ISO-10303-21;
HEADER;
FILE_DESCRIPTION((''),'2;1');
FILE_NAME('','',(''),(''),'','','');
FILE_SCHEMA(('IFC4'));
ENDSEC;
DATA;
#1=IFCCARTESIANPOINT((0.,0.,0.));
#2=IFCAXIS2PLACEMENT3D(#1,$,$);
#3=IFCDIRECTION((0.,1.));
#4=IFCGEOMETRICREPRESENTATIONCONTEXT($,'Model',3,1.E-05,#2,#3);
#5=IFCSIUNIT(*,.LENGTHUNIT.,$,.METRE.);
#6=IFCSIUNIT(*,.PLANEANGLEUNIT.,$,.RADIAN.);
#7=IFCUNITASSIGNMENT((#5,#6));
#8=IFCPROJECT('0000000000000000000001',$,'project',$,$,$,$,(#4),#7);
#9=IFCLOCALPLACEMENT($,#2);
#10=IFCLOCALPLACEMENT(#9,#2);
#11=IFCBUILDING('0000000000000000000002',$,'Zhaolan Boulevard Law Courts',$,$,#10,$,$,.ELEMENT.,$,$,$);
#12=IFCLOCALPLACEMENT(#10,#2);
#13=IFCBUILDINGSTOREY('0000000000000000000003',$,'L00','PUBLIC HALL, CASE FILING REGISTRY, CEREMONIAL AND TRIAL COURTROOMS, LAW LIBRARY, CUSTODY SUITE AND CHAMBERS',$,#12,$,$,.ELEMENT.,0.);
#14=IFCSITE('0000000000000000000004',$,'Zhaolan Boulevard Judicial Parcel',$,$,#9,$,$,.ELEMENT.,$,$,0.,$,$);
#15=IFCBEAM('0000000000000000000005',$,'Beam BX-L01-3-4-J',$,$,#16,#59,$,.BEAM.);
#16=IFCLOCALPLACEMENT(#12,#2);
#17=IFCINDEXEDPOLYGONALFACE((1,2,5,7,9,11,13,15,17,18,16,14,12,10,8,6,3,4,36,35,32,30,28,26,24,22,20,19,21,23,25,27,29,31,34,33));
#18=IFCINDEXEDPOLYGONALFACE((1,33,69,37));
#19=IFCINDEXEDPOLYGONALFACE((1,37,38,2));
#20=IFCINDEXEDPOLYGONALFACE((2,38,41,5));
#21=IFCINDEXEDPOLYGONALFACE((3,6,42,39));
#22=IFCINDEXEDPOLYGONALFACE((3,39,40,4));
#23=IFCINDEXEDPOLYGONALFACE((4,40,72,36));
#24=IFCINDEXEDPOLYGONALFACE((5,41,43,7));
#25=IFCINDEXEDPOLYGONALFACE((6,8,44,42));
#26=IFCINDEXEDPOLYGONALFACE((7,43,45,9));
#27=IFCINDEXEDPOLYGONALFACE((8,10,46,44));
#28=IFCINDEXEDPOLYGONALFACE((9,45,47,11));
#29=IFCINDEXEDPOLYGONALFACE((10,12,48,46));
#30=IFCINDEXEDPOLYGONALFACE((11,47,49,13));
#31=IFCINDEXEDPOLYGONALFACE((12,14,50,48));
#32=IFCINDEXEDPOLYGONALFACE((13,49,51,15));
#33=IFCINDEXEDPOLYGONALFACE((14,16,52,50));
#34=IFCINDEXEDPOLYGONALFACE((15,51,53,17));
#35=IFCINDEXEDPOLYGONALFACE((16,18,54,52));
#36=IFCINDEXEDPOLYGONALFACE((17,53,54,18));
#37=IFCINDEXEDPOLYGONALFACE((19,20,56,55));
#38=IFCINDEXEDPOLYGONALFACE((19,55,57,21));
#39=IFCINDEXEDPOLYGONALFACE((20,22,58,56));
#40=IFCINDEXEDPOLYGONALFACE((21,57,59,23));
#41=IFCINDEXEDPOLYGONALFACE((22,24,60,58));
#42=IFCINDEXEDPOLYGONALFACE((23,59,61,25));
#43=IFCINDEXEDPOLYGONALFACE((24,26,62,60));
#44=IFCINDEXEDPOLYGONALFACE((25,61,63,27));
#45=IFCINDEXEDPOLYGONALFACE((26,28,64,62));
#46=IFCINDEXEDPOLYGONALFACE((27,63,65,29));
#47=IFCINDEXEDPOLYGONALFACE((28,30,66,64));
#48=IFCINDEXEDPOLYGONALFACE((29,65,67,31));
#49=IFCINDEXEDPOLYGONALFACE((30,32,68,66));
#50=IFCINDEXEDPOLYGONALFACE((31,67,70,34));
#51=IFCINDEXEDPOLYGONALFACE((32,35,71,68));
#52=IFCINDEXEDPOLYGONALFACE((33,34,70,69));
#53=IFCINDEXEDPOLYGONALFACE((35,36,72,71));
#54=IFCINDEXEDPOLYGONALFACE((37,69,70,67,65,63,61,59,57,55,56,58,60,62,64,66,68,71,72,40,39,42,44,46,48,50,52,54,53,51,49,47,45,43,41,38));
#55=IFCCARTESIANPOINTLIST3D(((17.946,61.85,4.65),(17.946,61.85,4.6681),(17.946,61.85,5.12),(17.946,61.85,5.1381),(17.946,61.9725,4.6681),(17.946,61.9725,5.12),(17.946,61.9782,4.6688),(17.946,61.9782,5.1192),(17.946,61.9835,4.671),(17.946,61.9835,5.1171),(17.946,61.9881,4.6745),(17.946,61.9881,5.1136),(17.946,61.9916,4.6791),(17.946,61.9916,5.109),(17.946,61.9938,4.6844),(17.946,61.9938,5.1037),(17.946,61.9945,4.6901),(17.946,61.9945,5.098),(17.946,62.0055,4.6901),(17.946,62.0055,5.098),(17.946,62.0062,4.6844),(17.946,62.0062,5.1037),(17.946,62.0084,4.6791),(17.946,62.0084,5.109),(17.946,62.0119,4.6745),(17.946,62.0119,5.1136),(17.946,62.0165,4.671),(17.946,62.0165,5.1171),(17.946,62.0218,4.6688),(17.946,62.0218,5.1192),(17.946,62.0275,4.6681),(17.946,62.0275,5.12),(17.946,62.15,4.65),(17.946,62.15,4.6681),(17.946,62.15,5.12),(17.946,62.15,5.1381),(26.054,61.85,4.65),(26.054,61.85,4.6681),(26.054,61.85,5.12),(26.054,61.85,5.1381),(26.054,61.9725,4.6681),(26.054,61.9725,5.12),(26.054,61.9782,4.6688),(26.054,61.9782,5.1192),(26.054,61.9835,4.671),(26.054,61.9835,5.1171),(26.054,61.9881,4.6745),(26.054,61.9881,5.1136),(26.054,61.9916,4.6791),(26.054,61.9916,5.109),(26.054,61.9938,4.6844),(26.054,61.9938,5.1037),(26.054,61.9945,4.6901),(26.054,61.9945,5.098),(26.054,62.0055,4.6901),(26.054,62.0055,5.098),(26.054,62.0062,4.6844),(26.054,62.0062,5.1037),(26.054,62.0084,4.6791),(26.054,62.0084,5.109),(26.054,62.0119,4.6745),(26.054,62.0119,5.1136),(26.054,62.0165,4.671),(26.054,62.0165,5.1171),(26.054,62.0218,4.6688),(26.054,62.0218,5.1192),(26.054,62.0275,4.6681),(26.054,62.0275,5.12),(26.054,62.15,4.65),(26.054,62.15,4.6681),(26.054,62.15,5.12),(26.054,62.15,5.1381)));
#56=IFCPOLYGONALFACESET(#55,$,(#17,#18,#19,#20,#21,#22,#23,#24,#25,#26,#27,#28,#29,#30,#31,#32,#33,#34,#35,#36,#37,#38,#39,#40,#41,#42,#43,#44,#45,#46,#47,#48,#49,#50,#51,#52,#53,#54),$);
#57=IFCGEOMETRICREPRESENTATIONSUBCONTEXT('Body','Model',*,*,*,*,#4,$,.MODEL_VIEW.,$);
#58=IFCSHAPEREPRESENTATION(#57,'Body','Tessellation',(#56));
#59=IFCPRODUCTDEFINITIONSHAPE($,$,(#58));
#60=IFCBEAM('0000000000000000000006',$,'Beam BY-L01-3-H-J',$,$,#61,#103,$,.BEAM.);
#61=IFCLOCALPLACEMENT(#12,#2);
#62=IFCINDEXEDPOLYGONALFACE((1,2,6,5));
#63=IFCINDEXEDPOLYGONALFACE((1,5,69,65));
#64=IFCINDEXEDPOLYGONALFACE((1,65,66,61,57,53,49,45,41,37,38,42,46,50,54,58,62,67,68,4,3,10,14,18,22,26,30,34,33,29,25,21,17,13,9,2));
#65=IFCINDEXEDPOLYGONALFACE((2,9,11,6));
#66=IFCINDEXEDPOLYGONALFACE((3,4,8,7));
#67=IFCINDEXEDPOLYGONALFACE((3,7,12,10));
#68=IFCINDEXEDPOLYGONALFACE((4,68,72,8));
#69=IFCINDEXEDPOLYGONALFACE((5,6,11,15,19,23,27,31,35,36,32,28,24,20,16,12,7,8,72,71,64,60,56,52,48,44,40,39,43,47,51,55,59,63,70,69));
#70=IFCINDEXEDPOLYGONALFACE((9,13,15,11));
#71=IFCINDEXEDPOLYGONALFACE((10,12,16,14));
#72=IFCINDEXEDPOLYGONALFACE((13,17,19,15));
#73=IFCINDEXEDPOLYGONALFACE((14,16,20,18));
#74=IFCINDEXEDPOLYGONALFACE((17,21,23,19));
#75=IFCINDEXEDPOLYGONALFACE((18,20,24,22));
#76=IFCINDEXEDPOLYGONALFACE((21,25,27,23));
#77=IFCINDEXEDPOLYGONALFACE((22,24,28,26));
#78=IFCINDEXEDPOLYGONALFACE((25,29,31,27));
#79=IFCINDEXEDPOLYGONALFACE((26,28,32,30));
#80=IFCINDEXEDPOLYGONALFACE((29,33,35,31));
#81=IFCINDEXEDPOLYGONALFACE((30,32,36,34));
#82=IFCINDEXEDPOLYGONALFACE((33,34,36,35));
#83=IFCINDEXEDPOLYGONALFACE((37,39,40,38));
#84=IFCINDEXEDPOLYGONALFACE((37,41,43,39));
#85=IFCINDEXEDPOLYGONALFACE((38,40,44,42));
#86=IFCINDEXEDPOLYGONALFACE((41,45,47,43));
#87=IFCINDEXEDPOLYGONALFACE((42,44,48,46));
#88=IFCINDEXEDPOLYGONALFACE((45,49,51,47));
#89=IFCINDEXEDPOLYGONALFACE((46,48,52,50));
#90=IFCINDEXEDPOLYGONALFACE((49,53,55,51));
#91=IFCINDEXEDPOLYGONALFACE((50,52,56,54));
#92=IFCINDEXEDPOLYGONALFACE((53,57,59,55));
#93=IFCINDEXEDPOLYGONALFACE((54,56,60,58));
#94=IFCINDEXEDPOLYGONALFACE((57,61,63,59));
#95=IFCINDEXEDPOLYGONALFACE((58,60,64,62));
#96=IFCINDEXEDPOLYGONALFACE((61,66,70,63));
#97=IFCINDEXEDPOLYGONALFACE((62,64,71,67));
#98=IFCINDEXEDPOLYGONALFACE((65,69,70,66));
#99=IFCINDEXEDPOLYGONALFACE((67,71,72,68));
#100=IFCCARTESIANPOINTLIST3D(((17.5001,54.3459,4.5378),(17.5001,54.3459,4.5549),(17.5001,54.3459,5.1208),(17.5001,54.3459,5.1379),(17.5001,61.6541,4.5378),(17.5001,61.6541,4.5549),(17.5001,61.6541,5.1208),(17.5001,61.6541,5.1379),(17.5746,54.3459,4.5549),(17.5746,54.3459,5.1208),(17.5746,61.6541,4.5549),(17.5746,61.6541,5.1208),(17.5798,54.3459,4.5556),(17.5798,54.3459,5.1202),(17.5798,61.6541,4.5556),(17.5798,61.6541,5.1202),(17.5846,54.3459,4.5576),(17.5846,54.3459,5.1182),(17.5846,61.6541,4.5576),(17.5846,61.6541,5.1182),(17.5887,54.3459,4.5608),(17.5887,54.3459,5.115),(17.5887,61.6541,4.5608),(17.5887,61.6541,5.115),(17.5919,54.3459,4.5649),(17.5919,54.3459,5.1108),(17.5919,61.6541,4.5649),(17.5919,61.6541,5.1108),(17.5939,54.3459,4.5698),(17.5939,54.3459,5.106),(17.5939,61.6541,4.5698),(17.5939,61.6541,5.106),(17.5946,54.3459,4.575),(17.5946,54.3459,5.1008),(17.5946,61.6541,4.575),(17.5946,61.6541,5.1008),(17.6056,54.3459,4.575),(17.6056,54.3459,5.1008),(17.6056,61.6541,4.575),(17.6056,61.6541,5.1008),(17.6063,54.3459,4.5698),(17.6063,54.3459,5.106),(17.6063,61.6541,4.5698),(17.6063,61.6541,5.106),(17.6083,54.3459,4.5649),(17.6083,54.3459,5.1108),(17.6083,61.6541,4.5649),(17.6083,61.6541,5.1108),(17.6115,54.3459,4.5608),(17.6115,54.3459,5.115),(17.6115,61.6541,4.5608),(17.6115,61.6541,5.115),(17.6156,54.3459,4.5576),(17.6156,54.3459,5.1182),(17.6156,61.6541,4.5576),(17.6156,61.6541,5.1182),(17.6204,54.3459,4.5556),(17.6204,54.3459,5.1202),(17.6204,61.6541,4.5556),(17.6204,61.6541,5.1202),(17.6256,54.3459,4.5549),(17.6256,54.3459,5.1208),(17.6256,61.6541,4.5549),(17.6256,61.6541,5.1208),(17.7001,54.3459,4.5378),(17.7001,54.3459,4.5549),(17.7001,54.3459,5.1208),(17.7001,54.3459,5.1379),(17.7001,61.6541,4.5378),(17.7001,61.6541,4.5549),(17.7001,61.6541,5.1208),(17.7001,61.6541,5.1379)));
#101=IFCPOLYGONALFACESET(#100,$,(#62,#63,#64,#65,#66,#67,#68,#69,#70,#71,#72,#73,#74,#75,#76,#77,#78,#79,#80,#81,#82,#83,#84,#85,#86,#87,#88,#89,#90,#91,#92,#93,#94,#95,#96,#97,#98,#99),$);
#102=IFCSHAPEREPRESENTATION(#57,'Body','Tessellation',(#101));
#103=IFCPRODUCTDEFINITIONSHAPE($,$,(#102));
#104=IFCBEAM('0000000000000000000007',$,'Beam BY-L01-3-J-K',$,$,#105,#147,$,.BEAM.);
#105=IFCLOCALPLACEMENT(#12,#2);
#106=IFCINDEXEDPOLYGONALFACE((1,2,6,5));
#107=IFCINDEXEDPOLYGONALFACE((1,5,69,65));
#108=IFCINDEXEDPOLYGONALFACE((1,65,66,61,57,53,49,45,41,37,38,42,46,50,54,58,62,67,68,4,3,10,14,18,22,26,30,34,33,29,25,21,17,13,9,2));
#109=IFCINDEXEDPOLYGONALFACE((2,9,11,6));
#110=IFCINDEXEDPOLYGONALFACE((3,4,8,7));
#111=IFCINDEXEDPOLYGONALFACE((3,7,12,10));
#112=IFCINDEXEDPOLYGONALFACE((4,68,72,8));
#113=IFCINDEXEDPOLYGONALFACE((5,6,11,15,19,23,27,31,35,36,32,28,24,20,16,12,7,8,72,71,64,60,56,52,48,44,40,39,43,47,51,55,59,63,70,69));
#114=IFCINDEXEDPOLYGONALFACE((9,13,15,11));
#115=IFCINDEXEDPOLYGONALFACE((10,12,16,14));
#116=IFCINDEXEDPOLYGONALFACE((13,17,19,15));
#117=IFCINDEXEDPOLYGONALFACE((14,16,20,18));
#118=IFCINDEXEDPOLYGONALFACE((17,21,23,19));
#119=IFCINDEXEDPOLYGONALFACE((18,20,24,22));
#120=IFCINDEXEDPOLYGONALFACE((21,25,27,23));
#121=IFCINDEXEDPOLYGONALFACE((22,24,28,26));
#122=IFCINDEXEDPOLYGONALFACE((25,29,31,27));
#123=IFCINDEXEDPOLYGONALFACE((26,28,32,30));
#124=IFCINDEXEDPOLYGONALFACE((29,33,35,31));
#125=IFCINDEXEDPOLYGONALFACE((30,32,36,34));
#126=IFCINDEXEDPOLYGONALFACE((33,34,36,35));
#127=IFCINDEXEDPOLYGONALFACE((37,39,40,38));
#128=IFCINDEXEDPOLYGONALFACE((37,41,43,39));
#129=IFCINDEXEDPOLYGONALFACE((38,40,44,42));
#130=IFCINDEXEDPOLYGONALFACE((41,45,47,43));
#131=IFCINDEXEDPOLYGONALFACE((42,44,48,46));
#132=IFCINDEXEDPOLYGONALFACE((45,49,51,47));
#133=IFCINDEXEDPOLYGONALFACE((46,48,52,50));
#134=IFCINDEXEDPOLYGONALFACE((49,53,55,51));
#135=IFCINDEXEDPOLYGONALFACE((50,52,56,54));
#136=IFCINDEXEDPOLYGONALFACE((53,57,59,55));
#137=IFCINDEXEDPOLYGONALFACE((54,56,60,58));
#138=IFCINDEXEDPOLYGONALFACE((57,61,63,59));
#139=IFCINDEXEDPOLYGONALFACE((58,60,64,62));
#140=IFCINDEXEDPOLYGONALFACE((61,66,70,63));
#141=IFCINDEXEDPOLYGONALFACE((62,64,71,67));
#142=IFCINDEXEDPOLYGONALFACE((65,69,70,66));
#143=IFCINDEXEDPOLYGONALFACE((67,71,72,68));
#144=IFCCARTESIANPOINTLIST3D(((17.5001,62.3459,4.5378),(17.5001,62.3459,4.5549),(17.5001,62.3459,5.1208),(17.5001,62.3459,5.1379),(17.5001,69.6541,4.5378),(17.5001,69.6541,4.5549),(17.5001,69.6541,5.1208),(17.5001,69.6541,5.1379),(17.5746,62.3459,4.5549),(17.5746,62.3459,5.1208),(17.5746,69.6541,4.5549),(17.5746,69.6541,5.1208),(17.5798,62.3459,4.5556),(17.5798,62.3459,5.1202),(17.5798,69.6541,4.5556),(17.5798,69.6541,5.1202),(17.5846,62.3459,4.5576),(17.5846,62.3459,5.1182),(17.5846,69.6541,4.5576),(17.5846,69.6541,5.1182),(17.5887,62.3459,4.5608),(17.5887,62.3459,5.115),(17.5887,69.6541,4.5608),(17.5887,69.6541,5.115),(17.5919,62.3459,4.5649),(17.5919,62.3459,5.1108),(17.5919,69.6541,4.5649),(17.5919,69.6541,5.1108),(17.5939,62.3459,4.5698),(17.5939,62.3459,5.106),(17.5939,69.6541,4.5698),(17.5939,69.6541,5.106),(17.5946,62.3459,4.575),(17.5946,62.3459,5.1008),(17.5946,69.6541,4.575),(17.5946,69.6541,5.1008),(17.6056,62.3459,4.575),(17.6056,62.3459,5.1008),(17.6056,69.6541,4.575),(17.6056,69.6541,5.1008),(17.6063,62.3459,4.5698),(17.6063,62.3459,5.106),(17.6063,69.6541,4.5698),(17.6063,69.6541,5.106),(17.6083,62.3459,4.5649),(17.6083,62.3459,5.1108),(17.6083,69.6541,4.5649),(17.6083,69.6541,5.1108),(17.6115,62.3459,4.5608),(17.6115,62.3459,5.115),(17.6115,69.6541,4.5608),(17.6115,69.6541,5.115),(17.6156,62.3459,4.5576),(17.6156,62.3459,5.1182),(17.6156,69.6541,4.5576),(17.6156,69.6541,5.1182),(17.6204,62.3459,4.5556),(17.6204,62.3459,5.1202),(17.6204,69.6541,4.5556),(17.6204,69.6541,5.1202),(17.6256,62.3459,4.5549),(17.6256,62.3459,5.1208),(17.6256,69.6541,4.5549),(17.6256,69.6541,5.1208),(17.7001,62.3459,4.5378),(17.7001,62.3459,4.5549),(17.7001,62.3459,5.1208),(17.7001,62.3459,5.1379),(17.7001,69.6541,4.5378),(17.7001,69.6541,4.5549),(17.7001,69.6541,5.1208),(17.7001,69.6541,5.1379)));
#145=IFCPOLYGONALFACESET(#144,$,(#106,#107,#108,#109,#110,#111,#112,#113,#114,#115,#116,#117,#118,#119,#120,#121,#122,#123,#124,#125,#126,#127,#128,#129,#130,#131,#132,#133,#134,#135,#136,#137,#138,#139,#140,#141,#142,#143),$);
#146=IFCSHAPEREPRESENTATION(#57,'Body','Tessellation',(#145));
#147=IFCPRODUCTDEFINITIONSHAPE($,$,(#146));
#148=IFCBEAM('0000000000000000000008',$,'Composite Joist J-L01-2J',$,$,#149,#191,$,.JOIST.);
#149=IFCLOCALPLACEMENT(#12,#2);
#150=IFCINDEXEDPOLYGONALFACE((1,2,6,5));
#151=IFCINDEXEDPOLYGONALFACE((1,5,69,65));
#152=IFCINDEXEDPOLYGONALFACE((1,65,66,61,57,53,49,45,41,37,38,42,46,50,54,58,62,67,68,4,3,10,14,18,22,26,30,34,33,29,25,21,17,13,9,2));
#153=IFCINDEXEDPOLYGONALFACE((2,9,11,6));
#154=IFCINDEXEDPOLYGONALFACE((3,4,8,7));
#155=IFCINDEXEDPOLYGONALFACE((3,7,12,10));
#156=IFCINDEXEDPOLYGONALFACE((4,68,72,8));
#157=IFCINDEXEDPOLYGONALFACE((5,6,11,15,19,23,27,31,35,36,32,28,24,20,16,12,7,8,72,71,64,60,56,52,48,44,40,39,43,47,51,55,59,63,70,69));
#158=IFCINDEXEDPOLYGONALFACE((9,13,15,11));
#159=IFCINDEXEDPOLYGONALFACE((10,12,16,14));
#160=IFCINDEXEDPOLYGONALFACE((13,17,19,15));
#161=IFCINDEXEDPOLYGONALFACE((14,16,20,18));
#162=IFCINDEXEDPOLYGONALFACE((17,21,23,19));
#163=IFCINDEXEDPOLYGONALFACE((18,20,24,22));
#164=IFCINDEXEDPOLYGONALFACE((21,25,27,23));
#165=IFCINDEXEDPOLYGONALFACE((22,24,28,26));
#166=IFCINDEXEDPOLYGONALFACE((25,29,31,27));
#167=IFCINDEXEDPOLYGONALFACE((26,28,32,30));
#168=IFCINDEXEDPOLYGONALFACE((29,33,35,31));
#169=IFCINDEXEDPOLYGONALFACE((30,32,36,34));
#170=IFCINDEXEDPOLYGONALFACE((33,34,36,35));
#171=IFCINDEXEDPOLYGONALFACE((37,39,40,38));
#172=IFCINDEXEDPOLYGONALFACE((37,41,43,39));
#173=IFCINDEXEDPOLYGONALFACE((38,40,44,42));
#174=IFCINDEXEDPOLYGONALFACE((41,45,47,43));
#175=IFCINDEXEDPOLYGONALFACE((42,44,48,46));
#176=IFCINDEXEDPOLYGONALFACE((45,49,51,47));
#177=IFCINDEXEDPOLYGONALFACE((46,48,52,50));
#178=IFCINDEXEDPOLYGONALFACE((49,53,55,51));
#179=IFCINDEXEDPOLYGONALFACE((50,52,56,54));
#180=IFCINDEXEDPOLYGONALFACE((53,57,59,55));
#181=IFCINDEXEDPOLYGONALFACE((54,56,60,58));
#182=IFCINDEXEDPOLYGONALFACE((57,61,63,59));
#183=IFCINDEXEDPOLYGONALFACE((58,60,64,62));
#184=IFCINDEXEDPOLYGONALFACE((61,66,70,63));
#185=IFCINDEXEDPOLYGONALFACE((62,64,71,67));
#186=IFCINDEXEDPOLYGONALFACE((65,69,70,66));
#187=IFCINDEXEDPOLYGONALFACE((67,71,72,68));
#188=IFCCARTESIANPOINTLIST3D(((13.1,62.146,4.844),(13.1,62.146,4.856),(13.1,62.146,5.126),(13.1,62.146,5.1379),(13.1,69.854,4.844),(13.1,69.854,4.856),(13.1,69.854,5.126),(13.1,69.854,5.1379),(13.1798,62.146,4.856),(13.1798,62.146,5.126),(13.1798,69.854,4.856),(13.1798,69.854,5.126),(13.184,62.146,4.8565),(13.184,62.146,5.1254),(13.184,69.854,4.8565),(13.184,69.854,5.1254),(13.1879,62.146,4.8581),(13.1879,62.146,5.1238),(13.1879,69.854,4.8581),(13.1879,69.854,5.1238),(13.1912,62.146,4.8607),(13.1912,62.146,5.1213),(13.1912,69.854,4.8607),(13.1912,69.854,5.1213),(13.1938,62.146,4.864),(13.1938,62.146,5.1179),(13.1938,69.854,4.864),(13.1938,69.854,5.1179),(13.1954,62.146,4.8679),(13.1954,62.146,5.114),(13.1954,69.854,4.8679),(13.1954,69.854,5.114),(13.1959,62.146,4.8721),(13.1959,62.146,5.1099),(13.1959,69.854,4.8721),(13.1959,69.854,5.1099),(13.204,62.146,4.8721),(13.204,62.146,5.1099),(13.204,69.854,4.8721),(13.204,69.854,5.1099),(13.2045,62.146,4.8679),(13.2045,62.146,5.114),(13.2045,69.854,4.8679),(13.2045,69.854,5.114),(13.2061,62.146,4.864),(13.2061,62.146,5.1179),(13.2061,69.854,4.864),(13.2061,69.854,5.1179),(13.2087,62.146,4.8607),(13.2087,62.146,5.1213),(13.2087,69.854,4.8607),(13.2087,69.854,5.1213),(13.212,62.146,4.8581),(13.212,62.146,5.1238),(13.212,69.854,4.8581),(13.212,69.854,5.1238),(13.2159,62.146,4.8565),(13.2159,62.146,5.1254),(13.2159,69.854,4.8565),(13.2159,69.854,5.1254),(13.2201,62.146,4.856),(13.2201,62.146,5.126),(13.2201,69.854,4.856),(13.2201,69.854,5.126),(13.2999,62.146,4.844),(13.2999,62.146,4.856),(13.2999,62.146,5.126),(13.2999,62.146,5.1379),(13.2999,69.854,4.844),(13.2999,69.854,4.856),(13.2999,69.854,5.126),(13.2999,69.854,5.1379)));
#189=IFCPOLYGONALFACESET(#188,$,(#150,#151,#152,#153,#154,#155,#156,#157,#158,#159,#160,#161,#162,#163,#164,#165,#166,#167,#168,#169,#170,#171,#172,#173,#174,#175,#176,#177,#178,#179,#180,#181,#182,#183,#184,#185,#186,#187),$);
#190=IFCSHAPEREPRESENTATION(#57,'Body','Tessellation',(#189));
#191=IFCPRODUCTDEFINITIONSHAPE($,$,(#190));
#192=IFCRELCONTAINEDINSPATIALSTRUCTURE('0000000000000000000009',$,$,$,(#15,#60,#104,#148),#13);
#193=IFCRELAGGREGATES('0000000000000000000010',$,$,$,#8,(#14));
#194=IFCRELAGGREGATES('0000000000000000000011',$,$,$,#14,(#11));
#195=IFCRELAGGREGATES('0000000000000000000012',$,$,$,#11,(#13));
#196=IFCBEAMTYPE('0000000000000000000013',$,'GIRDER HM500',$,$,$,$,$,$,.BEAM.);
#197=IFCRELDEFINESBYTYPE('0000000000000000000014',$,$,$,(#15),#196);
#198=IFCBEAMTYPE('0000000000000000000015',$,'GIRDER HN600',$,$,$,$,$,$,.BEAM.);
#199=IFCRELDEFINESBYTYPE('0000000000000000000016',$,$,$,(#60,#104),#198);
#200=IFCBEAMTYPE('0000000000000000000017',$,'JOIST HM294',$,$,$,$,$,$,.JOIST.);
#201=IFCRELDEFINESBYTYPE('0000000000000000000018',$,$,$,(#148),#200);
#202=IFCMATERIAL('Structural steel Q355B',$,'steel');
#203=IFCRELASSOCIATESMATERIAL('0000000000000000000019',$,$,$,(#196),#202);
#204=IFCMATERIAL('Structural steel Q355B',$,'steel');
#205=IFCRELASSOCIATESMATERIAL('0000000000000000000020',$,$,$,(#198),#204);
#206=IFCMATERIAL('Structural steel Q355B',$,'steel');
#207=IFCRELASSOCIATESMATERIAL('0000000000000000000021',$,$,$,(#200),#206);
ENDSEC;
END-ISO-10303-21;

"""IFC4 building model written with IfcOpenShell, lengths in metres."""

from ifc_helpers import new_model, si_unit, direction, frame, origin, origin_2d, place, context, subcontext, project, spatial, i_section, extrude, material, material_profile, profile_set, type_object, element, save


model = new_model("IFC4")

# Units and contexts
model_context = context("Model", 3, precision=1e-05, world=origin(), true_north=direction((0.0, 1.0)))
body_context = subcontext(model_context, "Body", "Model", "MODEL_VIEW")
ifc_project = project(units=[si_unit("LENGTHUNIT", "METRE"), si_unit("PLANEANGLEUNIT", "RADIAN")], contexts=[model_context])

# Site, building, storey
site_placement = place(None, origin())
site = spatial("IfcSite", under=ifc_project, at=site_placement, Name="Zhaolan Boulevard Judicial Parcel", CompositionType="ELEMENT", RefElevation=0.0)
building_placement = place(site_placement, origin())
building = spatial("IfcBuilding", under=site, at=building_placement, Name="Zhaolan Boulevard Law Courts", CompositionType="ELEMENT")
storey_placement = place(building_placement, origin())
storey = spatial("IfcBuildingStorey", under=building, at=storey_placement, Name="L00", Description="PUBLIC HALL, CASE FILING REGISTRY, CEREMONIAL AND TRIAL COURTROOMS, LAW LIBRARY, CUSTODY SUITE AND CHAMBERS", CompositionType="ELEMENT", Elevation=0.0)

# Beams
ifc_material_1 = material(Name="Structural steel Q355B", Category="steel")
ifc_material_profile_1 = material_profile(ifc_material_1, i_section(OverallWidth=0.3, OverallDepth=0.488, WebThickness=0.011, FlangeThickness=0.0181, FilletRadius=0.022, at=origin_2d()), Name="HM488x300")
ifc_profile_set_1 = profile_set([ifc_material_profile_1], Name="Structural steel Q355B")
beam_type_1 = type_object("IfcBeamType", Name="GIRDER HM500", PredefinedType="BEAM", material=ifc_profile_set_1)
for number, where, z_axis, x_axis, name in (
    (1, (17.946, 62.0, 4.894), (1.0, 0.0, 0.0), (0.0, 1.0, 0.0), "Beam BX-L01-3-4-J"),
):
    element("IfcBeam", number, at=place(storey_placement, frame(where, z_axis=z_axis, x_axis=x_axis)), inside=storey, type_object=beam_type_1, Name=name, PredefinedType="BEAM", context=body_context, shape_type="SweptSolid", body=[
        extrude(i_section(OverallWidth=0.3, OverallDepth=0.488, WebThickness=0.011, FlangeThickness=0.0181, FilletRadius=0.022, at=origin_2d()), origin(), (0.0, 0.0, 1.0), 8.1079),
    ])
ifc_material_2 = material(Name="Structural steel Q355B", Category="steel")
ifc_material_profile_2 = material_profile(ifc_material_2, i_section(OverallWidth=0.2, OverallDepth=0.6001, WebThickness=0.011, FlangeThickness=0.0171, FilletRadius=0.02, at=origin_2d()), Name="HN600x200")
ifc_profile_set_2 = profile_set([ifc_material_profile_2], Name="Structural steel Q355B")
beam_type_2 = type_object("IfcBeamType", Name="GIRDER HN600", PredefinedType="BEAM", material=ifc_profile_set_2)
for number, where, z_axis, x_axis, name in (
    (2, (17.6001, 54.3459, 4.8379), (0.0, 1.0, 0.0), (-1.0, 0.0, 0.0), "Beam BY-L01-3-H-J"),
    (3, (17.6001, 62.3459, 4.8379), (0.0, 1.0, 0.0), (-1.0, 0.0, 0.0), "Beam BY-L01-3-J-K"),
):
    element("IfcBeam", number, at=place(storey_placement, frame(where, z_axis=z_axis, x_axis=x_axis)), inside=storey, type_object=beam_type_2, Name=name, PredefinedType="BEAM", context=body_context, shape_type="SweptSolid", body=[
        extrude(i_section(OverallWidth=0.2, OverallDepth=0.6001, WebThickness=0.011, FlangeThickness=0.0171, FilletRadius=0.02, at=origin_2d()), origin(), (0.0, 0.0, 1.0), 7.3081),
    ])
ifc_material_3 = material(Name="Structural steel Q355B", Category="steel")
ifc_material_profile_3 = material_profile(ifc_material_3, i_section(OverallWidth=0.2, OverallDepth=0.2939, WebThickness=0.0081, FlangeThickness=0.012, FilletRadius=0.0161, at=origin_2d()), Name="HM294x200")
ifc_profile_set_3 = profile_set([ifc_material_profile_3], Name="Structural steel Q355B")
beam_type_3 = type_object("IfcBeamType", Name="JOIST HM294", PredefinedType="JOIST", material=ifc_profile_set_3)
for number, where, z_axis, x_axis, name in (
    (4, (13.2, 62.146, 4.991), (0.0, 1.0, 0.0), (-1.0, 0.0, 0.0), "Composite Joist J-L01-2J"),
):
    element("IfcBeam", number, at=place(storey_placement, frame(where, z_axis=z_axis, x_axis=x_axis)), inside=storey, type_object=beam_type_3, Name=name, PredefinedType="JOIST", context=body_context, shape_type="SweptSolid", body=[
        extrude(i_section(OverallWidth=0.2, OverallDepth=0.2939, WebThickness=0.0081, FlangeThickness=0.012, FilletRadius=0.0161, at=origin_2d()), origin(), (0.0, 0.0, 1.0), 7.708),
    ])

save(model, "model.ifc")
